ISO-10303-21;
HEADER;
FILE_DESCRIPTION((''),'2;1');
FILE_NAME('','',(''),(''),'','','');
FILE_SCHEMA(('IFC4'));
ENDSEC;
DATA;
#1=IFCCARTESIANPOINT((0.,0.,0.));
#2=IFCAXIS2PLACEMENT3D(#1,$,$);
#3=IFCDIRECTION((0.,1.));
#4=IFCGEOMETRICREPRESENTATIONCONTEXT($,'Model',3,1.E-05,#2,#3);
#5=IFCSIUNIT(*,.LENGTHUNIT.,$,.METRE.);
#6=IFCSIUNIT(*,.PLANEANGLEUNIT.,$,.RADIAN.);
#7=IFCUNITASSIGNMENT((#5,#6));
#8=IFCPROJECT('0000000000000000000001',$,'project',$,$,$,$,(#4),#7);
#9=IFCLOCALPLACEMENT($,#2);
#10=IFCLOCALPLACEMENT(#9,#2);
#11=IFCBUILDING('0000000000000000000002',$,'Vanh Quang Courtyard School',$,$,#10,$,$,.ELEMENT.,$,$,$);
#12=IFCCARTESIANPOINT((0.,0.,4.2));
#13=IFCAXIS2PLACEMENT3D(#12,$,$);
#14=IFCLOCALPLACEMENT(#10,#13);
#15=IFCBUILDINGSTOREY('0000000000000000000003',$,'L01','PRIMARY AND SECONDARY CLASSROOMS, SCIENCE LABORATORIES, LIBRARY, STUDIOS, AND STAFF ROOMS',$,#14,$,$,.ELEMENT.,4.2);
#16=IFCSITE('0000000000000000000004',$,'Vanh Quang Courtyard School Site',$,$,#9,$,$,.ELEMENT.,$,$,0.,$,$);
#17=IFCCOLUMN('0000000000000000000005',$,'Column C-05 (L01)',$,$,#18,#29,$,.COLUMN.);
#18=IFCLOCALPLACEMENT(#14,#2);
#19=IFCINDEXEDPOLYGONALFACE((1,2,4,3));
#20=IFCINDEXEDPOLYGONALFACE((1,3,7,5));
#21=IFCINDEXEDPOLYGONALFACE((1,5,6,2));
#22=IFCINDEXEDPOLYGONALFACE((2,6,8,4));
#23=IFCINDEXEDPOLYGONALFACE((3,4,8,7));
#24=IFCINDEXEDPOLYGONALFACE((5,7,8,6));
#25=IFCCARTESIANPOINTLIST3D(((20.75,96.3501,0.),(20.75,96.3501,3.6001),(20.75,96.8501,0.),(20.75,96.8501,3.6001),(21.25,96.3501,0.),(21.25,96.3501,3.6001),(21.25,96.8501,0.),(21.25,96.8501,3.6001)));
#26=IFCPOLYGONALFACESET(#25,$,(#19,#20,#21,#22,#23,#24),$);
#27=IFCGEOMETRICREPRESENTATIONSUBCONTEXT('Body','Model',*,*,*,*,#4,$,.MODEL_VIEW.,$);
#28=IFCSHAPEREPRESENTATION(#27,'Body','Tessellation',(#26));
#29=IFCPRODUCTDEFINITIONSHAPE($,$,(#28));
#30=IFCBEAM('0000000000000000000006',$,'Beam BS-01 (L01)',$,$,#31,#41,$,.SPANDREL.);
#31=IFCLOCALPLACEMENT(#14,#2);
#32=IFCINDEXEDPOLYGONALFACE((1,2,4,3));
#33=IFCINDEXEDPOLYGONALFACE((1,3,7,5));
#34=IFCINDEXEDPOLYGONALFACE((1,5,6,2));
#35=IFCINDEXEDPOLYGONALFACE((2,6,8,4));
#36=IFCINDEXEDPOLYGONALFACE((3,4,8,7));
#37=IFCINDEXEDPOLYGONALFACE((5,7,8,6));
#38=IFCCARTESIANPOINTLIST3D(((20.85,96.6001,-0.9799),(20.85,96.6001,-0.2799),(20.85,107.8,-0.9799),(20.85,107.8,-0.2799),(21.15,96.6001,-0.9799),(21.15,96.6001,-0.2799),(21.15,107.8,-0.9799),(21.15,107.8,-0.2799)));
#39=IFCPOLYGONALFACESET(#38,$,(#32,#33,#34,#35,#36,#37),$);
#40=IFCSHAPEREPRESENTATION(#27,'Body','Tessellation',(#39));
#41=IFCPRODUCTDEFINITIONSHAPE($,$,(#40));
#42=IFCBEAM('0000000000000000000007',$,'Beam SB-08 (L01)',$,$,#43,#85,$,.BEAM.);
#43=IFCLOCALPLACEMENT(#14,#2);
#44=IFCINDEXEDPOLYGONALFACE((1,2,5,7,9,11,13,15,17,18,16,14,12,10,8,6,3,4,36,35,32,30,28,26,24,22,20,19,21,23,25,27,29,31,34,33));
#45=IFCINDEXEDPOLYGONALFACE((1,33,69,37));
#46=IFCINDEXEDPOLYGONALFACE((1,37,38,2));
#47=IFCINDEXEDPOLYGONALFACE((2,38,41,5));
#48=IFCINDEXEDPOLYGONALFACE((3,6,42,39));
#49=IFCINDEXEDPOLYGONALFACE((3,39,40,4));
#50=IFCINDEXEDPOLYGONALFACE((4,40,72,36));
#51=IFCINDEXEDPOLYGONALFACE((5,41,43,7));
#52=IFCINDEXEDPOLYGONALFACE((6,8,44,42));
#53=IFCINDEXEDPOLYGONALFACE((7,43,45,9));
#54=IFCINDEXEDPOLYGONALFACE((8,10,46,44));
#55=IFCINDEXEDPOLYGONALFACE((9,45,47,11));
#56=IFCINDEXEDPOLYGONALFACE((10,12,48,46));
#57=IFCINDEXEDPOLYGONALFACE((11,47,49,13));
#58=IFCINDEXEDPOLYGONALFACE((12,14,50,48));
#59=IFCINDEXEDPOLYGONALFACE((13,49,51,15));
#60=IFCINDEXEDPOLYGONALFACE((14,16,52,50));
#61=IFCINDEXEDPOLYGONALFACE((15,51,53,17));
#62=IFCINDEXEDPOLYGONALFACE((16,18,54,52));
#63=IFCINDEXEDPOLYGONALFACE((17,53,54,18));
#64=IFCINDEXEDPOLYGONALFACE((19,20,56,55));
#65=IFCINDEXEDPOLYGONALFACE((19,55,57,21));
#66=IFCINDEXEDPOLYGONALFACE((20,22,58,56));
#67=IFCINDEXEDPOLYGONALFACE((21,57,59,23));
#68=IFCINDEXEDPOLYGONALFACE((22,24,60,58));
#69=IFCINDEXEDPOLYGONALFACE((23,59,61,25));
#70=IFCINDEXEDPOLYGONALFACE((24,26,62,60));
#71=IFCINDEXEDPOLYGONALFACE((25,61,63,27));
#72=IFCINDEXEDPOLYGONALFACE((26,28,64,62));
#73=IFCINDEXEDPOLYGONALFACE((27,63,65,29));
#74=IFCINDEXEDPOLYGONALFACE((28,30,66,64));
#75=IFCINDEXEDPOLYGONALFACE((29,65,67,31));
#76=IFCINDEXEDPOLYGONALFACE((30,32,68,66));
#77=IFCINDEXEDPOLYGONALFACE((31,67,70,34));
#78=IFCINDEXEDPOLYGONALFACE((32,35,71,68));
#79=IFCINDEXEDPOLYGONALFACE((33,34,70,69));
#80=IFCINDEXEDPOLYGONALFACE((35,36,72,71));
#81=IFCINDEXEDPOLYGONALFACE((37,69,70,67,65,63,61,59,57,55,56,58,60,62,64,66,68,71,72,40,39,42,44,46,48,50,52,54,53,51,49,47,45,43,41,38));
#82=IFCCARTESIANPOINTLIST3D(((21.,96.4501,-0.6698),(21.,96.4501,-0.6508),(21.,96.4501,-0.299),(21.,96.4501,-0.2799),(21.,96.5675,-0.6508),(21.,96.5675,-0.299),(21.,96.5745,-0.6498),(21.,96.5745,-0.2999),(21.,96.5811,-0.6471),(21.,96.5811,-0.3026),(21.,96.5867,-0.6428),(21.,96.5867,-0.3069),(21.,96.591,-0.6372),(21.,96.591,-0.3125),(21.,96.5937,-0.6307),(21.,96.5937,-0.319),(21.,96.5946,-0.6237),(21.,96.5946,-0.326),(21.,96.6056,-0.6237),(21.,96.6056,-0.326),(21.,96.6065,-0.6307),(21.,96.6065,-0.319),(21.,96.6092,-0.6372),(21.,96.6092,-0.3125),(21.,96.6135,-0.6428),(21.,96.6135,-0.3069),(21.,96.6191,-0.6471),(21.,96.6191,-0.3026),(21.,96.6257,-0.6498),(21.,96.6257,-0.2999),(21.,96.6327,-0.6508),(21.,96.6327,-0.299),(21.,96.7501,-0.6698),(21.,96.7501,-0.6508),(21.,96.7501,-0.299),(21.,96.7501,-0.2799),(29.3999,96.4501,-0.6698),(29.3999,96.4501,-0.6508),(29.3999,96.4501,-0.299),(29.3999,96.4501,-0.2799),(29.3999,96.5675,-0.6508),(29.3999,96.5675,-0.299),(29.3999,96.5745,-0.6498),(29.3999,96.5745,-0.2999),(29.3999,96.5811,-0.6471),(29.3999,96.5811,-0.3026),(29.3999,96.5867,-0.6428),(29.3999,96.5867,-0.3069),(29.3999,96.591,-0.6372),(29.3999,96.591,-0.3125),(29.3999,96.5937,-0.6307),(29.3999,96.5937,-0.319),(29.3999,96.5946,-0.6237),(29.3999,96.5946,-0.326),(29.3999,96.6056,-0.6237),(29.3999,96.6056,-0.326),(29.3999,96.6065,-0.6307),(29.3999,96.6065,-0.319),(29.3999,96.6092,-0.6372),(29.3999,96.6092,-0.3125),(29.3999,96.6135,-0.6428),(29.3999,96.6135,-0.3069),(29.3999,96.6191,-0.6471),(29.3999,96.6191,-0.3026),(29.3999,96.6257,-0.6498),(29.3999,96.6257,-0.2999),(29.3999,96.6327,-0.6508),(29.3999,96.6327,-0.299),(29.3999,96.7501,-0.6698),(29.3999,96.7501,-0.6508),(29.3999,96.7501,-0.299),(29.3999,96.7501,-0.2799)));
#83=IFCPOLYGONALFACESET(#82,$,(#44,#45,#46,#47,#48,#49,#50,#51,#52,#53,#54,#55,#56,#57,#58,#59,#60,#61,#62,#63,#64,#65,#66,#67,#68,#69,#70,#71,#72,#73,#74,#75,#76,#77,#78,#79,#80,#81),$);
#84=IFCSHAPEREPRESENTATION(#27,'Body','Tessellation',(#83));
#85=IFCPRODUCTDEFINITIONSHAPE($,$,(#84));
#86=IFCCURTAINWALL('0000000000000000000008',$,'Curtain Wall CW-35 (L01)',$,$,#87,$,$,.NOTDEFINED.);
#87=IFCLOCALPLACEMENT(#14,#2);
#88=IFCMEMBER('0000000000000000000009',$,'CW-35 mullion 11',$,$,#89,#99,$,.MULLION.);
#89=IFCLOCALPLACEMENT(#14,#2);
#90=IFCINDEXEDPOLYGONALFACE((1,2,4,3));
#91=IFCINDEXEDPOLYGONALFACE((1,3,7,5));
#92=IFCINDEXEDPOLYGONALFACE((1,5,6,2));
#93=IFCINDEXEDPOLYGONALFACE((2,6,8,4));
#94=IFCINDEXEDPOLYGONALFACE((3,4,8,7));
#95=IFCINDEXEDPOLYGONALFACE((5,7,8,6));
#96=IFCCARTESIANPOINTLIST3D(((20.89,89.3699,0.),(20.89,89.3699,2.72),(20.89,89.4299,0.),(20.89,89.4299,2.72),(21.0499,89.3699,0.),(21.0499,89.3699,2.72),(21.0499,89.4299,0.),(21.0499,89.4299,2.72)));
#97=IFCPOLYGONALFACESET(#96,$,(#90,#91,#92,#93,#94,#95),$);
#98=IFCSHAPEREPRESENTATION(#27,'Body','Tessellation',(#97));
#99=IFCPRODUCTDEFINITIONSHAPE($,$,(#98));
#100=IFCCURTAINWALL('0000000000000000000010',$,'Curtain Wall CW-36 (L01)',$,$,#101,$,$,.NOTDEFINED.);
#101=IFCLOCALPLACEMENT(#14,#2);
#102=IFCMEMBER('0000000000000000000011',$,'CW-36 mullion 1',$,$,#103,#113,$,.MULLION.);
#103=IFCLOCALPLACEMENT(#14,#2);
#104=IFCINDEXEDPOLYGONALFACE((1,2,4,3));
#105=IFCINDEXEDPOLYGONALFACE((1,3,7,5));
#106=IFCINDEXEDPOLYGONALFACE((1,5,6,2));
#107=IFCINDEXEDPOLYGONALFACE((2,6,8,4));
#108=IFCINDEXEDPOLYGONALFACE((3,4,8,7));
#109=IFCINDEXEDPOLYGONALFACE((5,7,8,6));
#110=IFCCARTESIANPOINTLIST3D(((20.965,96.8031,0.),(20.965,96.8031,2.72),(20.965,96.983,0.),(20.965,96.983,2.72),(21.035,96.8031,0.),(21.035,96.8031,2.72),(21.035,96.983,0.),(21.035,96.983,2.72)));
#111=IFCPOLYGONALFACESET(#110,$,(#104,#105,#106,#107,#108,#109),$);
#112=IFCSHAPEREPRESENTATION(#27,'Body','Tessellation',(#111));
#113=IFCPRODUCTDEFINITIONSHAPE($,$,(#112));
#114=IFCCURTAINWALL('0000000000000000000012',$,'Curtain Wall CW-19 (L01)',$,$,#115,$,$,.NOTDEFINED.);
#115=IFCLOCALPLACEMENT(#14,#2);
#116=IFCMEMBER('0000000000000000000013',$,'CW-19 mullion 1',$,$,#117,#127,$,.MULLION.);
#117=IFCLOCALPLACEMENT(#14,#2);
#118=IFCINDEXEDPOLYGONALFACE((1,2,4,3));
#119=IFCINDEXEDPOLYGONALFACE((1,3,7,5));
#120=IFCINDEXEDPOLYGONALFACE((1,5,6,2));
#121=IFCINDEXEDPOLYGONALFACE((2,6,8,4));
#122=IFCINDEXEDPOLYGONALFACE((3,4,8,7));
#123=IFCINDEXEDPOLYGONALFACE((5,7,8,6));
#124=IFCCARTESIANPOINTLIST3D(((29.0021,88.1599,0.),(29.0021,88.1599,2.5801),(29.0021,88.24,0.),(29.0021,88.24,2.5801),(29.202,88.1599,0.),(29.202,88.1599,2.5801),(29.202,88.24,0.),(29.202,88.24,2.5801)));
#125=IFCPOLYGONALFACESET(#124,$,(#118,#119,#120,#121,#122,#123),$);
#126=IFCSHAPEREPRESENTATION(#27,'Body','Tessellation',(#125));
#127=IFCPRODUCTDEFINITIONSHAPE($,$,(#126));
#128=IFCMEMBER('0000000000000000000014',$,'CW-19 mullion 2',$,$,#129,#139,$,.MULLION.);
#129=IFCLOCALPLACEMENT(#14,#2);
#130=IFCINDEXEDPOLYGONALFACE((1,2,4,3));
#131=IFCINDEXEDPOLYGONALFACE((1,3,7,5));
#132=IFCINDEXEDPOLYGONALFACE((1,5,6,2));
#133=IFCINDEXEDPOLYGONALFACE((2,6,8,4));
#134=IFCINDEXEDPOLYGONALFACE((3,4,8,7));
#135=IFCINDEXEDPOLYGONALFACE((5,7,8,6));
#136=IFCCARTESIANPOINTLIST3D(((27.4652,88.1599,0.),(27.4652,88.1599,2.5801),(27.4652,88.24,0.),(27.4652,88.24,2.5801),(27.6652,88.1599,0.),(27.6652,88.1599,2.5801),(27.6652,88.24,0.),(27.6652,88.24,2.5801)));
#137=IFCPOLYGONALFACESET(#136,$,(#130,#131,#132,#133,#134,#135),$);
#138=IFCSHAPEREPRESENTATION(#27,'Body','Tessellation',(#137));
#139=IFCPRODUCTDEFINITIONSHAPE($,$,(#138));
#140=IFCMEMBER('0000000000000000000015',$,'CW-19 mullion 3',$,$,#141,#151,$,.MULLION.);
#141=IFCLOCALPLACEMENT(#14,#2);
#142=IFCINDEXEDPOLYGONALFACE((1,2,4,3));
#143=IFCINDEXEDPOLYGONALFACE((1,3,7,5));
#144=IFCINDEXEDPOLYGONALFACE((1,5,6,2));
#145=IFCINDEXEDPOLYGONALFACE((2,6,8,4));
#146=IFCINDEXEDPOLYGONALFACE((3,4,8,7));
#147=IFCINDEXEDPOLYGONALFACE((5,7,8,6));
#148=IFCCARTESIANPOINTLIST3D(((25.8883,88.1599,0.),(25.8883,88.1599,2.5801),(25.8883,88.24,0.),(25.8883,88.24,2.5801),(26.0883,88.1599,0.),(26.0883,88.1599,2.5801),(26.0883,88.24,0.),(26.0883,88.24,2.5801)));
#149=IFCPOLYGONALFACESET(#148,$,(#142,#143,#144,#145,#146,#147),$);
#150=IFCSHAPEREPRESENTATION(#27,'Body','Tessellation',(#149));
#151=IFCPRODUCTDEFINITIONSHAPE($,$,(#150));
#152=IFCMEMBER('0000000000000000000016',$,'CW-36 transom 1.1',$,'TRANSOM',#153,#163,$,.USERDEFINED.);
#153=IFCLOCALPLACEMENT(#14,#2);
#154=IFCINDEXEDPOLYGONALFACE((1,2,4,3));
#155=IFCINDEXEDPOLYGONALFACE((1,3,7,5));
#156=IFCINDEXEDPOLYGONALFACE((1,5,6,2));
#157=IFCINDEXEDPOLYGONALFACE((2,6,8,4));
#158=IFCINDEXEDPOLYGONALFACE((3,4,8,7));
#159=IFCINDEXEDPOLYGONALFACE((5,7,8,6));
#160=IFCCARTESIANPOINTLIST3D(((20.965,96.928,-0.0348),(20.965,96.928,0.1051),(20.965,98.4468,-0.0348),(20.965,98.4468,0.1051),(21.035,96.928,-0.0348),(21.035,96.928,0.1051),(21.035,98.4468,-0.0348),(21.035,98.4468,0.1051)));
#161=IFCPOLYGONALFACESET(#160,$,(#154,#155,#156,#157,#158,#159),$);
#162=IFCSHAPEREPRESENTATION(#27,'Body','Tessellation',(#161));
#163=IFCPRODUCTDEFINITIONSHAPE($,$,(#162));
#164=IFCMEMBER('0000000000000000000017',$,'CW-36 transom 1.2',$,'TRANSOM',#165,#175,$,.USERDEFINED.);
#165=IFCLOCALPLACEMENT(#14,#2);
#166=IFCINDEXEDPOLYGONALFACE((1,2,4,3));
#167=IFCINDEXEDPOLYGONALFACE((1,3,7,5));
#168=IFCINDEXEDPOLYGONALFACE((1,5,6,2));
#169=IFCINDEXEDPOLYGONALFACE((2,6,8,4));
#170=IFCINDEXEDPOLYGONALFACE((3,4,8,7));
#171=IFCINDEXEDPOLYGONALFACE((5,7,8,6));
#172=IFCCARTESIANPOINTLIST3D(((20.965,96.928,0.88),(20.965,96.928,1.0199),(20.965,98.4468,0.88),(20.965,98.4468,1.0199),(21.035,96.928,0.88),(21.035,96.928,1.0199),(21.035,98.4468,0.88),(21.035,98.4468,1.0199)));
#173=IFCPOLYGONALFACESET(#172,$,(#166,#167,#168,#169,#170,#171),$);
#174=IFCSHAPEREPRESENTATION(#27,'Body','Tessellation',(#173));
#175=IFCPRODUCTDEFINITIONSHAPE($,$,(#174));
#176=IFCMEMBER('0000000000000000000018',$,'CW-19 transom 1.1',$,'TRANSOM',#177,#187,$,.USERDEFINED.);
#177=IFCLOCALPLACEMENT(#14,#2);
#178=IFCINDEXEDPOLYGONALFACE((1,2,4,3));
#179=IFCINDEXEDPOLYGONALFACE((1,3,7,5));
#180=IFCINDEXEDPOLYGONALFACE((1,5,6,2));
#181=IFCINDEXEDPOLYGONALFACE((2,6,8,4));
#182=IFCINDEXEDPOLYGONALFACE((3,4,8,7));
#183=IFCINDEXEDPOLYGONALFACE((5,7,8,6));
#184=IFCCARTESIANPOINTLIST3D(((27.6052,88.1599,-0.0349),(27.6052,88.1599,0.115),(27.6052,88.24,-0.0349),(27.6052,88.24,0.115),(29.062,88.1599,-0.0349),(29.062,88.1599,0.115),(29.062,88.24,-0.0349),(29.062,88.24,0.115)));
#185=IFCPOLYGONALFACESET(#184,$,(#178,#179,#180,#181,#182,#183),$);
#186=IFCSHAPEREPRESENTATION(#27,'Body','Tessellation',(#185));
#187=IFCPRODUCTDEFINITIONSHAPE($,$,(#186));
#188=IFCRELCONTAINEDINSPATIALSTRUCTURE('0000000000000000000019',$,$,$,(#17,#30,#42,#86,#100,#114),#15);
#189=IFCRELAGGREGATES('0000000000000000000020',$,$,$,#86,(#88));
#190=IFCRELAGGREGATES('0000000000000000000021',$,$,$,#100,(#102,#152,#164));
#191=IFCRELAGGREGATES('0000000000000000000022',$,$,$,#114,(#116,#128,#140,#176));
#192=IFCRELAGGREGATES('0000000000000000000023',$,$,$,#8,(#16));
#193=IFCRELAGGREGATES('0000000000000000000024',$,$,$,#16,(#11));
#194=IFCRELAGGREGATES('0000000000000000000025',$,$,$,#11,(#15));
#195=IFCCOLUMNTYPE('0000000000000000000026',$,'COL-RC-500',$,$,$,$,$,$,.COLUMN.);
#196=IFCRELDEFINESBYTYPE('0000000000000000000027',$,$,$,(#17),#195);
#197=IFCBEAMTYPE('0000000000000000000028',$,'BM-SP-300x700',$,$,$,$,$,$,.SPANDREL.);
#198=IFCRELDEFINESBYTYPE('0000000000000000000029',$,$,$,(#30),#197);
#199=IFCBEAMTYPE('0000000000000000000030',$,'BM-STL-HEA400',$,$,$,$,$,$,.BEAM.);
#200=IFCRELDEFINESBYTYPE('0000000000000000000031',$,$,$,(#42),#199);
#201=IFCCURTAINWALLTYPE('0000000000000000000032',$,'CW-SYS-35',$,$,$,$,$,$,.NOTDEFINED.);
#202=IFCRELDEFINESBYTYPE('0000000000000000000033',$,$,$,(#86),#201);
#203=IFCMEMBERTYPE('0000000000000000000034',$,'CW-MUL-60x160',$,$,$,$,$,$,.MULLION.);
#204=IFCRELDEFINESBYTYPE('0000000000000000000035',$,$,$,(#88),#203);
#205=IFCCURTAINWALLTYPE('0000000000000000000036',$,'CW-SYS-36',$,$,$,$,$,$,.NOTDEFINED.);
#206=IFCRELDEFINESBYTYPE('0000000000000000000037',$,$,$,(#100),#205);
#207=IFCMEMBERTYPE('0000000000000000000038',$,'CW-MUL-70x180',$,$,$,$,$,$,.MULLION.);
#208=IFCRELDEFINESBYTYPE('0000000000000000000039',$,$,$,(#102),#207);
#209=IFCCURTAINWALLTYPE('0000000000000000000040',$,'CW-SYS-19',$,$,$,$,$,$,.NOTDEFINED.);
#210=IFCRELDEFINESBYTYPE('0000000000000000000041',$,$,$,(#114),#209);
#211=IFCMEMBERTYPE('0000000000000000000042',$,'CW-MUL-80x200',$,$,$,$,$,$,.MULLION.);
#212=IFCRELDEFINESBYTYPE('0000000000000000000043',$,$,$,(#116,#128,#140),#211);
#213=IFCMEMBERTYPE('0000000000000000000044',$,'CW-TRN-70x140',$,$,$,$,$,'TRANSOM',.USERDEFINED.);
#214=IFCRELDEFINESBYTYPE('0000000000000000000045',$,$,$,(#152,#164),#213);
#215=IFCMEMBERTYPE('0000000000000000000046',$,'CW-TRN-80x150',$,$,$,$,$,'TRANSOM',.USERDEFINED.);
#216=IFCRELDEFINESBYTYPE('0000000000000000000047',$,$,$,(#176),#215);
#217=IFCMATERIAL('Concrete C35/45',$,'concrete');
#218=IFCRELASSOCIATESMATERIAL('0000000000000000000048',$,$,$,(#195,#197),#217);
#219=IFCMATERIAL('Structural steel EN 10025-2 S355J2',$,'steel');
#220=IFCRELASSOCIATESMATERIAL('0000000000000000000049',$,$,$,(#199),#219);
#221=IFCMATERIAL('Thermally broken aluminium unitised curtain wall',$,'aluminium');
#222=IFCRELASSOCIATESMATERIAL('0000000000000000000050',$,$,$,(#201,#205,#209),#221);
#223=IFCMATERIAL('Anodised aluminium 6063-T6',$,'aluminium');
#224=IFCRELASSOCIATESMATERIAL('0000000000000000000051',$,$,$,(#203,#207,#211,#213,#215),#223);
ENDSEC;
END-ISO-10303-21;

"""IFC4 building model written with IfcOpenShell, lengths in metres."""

from ifc_helpers import new_model, si_unit, direction, frame, origin, origin_2d, place, context, subcontext, project, spatial, rectangle, i_section, extrude, material, material_profile, profile_set, type_object, element, aggregate, save


model = new_model("IFC4")

# Units and contexts
model_context = context("Model", 3, precision=1e-05, world=origin(), true_north=direction((0.0, 1.0)))
body_context = subcontext(model_context, "Body", "Model", "MODEL_VIEW")
ifc_project = project(units=[si_unit("LENGTHUNIT", "METRE"), si_unit("PLANEANGLEUNIT", "RADIAN")], contexts=[model_context])

# Site, building, storey
site_placement = place(None, origin())
site = spatial("IfcSite", under=ifc_project, at=site_placement, Name="Vanh Quang Courtyard School Site", CompositionType="ELEMENT", RefElevation=0.0)
building_placement = place(site_placement, origin())
building = spatial("IfcBuilding", under=site, at=building_placement, Name="Vanh Quang Courtyard School", CompositionType="ELEMENT")
storey_placement = place(building_placement, frame((0.0, 0.0, 4.2)))
storey = spatial("IfcBuildingStorey", under=building, at=storey_placement, Name="L01", Description="PRIMARY AND SECONDARY CLASSROOMS, SCIENCE LABORATORIES, LIBRARY, STUDIOS, AND STAFF ROOMS", CompositionType="ELEMENT", Elevation=4.2)

# Column
ifc_material_1 = material(Name="Concrete C35/45", Category="concrete")
ifc_material_profile_1 = material_profile(ifc_material_1, rectangle(XDim=0.5, YDim=0.5, at=origin_2d()), Name="RC-COL 500x500")
ifc_profile_set_1 = profile_set([ifc_material_profile_1], Name="Concrete C35/45")
column_type = type_object("IfcColumnType", Name="COL-RC-500", PredefinedType="COLUMN", material=ifc_profile_set_1)
column_placement = place(storey_placement, frame((21.0, 96.6001, 0.0), z_axis=(0.0, 0.0, 1.0), x_axis=(1.0, 0.0, 0.0)))
element("IfcColumn", 1, at=column_placement, inside=storey, type_object=column_type, Name="Column C-05 (L01)", PredefinedType="COLUMN", context=body_context, shape_type="SweptSolid", body=[
    extrude(rectangle(XDim=0.5, YDim=0.5, at=origin_2d()), origin(), (0.0, 0.0, 1.0), 3.6001),
])

# Beams
ifc_material_profile_2 = material_profile(ifc_material_1, rectangle(XDim=0.3, YDim=0.7, at=origin_2d()), Name="RC-SP 300x700")
ifc_profile_set_2 = profile_set([ifc_material_profile_2], Name="Concrete C35/45")
beam_type_1 = type_object("IfcBeamType", Name="BM-SP-300x700", PredefinedType="SPANDREL", material=ifc_profile_set_2)
beam_1_placement = place(storey_placement, frame((21.0, 96.6001, -0.6299), z_axis=(0.0, 1.0, 0.0), x_axis=(-1.0, 0.0, 0.0)))
element("IfcBeam", 2, at=beam_1_placement, inside=storey, type_object=beam_type_1, Name="Beam BS-01 (L01)", PredefinedType="SPANDREL", context=body_context, shape_type="SweptSolid", body=[
    extrude(rectangle(XDim=0.3, YDim=0.7, at=origin_2d()), origin(), (0.0, 0.0, 1.0), 11.2),
])
ifc_material_2 = material(Name="Structural steel EN 10025-2 S355J2", Category="steel")
ifc_material_profile_3 = material_profile(ifc_material_2, i_section(OverallWidth=0.3, OverallDepth=0.3899, WebThickness=0.011, FlangeThickness=0.019, FilletRadius=0.0271, at=origin_2d()), Name="HEA 400")
ifc_profile_set_3 = profile_set([ifc_material_profile_3], Name="Structural steel EN 10025-2 S355J2")
beam_type_2 = type_object("IfcBeamType", Name="BM-STL-HEA400", PredefinedType="BEAM", material=ifc_profile_set_3)
beam_2_placement = place(storey_placement, frame((21.0, 96.6001, -0.4749), z_axis=(1.0, 0.0, 0.0), x_axis=(0.0, 1.0, 0.0)))
element("IfcBeam", 3, at=beam_2_placement, inside=storey, type_object=beam_type_2, Name="Beam SB-08 (L01)", PredefinedType="BEAM", context=body_context, shape_type="SweptSolid", body=[
    extrude(i_section(OverallWidth=0.3, OverallDepth=0.3899, WebThickness=0.011, FlangeThickness=0.019, FilletRadius=0.0271, at=origin_2d()), origin(), (0.0, 0.0, 1.0), 8.3999),
])

# Curtain walls, members
ifc_material_3 = material(Name="Thermally broken aluminium unitised curtain wall", Category="aluminium")
curtain_wall_type_1 = type_object("IfcCurtainWallType", Name="CW-SYS-35", PredefinedType="NOTDEFINED", material=ifc_material_3)
curtain_wall_1_placement = place(storey_placement, origin())
curtain_wall_1 = element("IfcCurtainWall", 4, at=curtain_wall_1_placement, inside=storey, type_object=curtain_wall_type_1, Name="Curtain Wall CW-35 (L01)", PredefinedType="NOTDEFINED")
ifc_material_4 = material(Name="Anodised aluminium 6063-T6", Category="aluminium")
ifc_material_profile_4 = material_profile(ifc_material_4, rectangle(XDim=0.0601, YDim=0.1599, at=origin_2d()), Name="ALU-MUL 60x160")
ifc_profile_set_4 = profile_set([ifc_material_profile_4], Name="Anodised aluminium 6063-T6")
member_type_1 = type_object("IfcMemberType", Name="CW-MUL-60x160", PredefinedType="MULLION", material=ifc_profile_set_4)
member_1_placement = place(storey_placement, frame((20.97, 89.3999, 0.0), z_axis=(0.0, 0.0, 1.0), x_axis=(0.0, 1.0, 0.0)))
member_1 = element("IfcMember", 5, at=member_1_placement, type_object=member_type_1, Name="CW-35 mullion 11", PredefinedType="MULLION", context=body_context, shape_type="SweptSolid", body=[
    extrude(rectangle(XDim=0.0601, YDim=0.1599, at=origin_2d()), origin(), (0.0, 0.0, 1.0), 2.72),
])
aggregate(curtain_wall_1, [member_1])
curtain_wall_type_2 = type_object("IfcCurtainWallType", Name="CW-SYS-36", PredefinedType="NOTDEFINED", material=ifc_material_3)
curtain_wall_2_placement = place(storey_placement, origin())
curtain_wall_2 = element("IfcCurtainWall", 6, at=curtain_wall_2_placement, inside=storey, type_object=curtain_wall_type_2, Name="Curtain Wall CW-36 (L01)", PredefinedType="NOTDEFINED")
ifc_material_profile_5 = material_profile(ifc_material_4, rectangle(XDim=0.0701, YDim=0.1799, at=origin_2d()), Name="ALU-MUL 70x180")
ifc_profile_set_5 = profile_set([ifc_material_profile_5], Name="Anodised aluminium 6063-T6")
member_type_2 = type_object("IfcMemberType", Name="CW-MUL-70x180", PredefinedType="MULLION", material=ifc_profile_set_5)
member_2_placement = place(storey_placement, frame((21.0, 96.8931, 0.0), z_axis=(0.0, 0.0, 1.0), x_axis=(-1.0, 0.0, 0.0)))
member_2 = element("IfcMember", 7, at=member_2_placement, type_object=member_type_2, Name="CW-36 mullion 1", PredefinedType="MULLION", context=body_context, shape_type="SweptSolid", body=[
    extrude(rectangle(XDim=0.0701, YDim=0.1799, at=origin_2d()), origin(), (0.0, 0.0, 1.0), 2.72),
])

# Curtain wall, members
curtain_wall_type_3 = type_object("IfcCurtainWallType", Name="CW-SYS-19", PredefinedType="NOTDEFINED", material=ifc_material_3)
curtain_wall_3_placement = place(storey_placement, origin())
curtain_wall_3 = element("IfcCurtainWall", 8, at=curtain_wall_3_placement, inside=storey, type_object=curtain_wall_type_3, Name="Curtain Wall CW-19 (L01)", PredefinedType="NOTDEFINED")
ifc_material_profile_6 = material_profile(ifc_material_4, rectangle(XDim=0.0801, YDim=0.2, at=origin_2d()), Name="ALU-MUL 80x200")
ifc_profile_set_6 = profile_set([ifc_material_profile_6], Name="Anodised aluminium 6063-T6")
member_type_3 = type_object("IfcMemberType", Name="CW-MUL-80x200", PredefinedType="MULLION", material=ifc_profile_set_6)
member_3_placement = place(storey_placement, frame((29.1021, 88.2, 0.0), z_axis=(0.0, 0.0, 1.0), x_axis=(0.0, -1.0, 0.0)))
member_3 = element("IfcMember", 9, at=member_3_placement, type_object=member_type_3, Name="CW-19 mullion 1", PredefinedType="MULLION", context=body_context, shape_type="SweptSolid", body=[
    extrude(rectangle(XDim=0.0801, YDim=0.2, at=origin_2d()), origin(), (0.0, 0.0, 1.0), 2.5801),
])
member_4_placement = place(storey_placement, frame((27.5652, 88.2, 0.0), z_axis=(0.0, 0.0, 1.0), x_axis=(0.0, -1.0, 0.0)))
member_4 = element("IfcMember", 10, at=member_4_placement, type_object=member_type_3, Name="CW-19 mullion 2", PredefinedType="MULLION", context=body_context, shape_type="SweptSolid", body=[
    extrude(rectangle(XDim=0.0801, YDim=0.2, at=origin_2d()), origin(), (0.0, 0.0, 1.0), 2.5801),
])
member_5_placement = place(storey_placement, frame((25.9883, 88.2, 0.0), z_axis=(0.0, 0.0, 1.0), x_axis=(0.0, -1.0, 0.0)))
member_5 = element("IfcMember", 11, at=member_5_placement, type_object=member_type_3, Name="CW-19 mullion 3", PredefinedType="MULLION", context=body_context, shape_type="SweptSolid", body=[
    extrude(rectangle(XDim=0.0801, YDim=0.2, at=origin_2d()), origin(), (0.0, 0.0, 1.0), 2.5801),
])

# Members
ifc_material_profile_7 = material_profile(ifc_material_4, rectangle(XDim=0.0701, YDim=0.1399, at=origin_2d()), Name="ALU-TRN 70x140")
ifc_profile_set_7 = profile_set([ifc_material_profile_7], Name="Anodised aluminium 6063-T6")
member_type_4 = type_object("IfcMemberType", Name="CW-TRN-70x140", ElementType="TRANSOM", PredefinedType="USERDEFINED", material=ifc_profile_set_7)
member_6_placement = place(storey_placement, frame((21.0, 96.928, 0.0352), z_axis=(0.0, 1.0, 0.0), x_axis=(-1.0, 0.0, 0.0)))
member_6 = element("IfcMember", 12, at=member_6_placement, type_object=member_type_4, Name="CW-36 transom 1.1", ObjectType="TRANSOM", PredefinedType="USERDEFINED", context=body_context, shape_type="SweptSolid", body=[
    extrude(rectangle(XDim=0.0701, YDim=0.1399, at=origin_2d()), origin(), (0.0, 0.0, 1.0), 1.5188),
])
member_7_placement = place(storey_placement, frame((21.0, 96.928, 0.95), z_axis=(0.0, 1.0, 0.0), x_axis=(-1.0, 0.0, 0.0)))
member_7 = element("IfcMember", 13, at=member_7_placement, type_object=member_type_4, Name="CW-36 transom 1.2", ObjectType="TRANSOM", PredefinedType="USERDEFINED", context=body_context, shape_type="SweptSolid", body=[
    extrude(rectangle(XDim=0.0701, YDim=0.1399, at=origin_2d()), origin(), (0.0, 0.0, 1.0), 1.5188),
])
aggregate(curtain_wall_2, [member_2, member_6, member_7])
ifc_material_profile_8 = material_profile(ifc_material_4, rectangle(XDim=0.0801, YDim=0.1499, at=origin_2d()), Name="ALU-TRN 80x150")
ifc_profile_set_8 = profile_set([ifc_material_profile_8], Name="Anodised aluminium 6063-T6")
member_type_5 = type_object("IfcMemberType", Name="CW-TRN-80x150", ElementType="TRANSOM", PredefinedType="USERDEFINED", material=ifc_profile_set_8)
member_8_placement = place(storey_placement, frame((29.062, 88.2, 0.04), z_axis=(-1.0, 0.0, 0.0), x_axis=(0.0, -1.0, 0.0)))
member_8 = element("IfcMember", 14, at=member_8_placement, type_object=member_type_5, Name="CW-19 transom 1.1", ObjectType="TRANSOM", PredefinedType="USERDEFINED", context=body_context, shape_type="SweptSolid", body=[
    extrude(rectangle(XDim=0.0801, YDim=0.1499, at=origin_2d()), origin(), (0.0, 0.0, 1.0), 1.4568),
])

aggregate(curtain_wall_3, [member_3, member_4, member_5, member_8])

save(model, "model.ifc")
